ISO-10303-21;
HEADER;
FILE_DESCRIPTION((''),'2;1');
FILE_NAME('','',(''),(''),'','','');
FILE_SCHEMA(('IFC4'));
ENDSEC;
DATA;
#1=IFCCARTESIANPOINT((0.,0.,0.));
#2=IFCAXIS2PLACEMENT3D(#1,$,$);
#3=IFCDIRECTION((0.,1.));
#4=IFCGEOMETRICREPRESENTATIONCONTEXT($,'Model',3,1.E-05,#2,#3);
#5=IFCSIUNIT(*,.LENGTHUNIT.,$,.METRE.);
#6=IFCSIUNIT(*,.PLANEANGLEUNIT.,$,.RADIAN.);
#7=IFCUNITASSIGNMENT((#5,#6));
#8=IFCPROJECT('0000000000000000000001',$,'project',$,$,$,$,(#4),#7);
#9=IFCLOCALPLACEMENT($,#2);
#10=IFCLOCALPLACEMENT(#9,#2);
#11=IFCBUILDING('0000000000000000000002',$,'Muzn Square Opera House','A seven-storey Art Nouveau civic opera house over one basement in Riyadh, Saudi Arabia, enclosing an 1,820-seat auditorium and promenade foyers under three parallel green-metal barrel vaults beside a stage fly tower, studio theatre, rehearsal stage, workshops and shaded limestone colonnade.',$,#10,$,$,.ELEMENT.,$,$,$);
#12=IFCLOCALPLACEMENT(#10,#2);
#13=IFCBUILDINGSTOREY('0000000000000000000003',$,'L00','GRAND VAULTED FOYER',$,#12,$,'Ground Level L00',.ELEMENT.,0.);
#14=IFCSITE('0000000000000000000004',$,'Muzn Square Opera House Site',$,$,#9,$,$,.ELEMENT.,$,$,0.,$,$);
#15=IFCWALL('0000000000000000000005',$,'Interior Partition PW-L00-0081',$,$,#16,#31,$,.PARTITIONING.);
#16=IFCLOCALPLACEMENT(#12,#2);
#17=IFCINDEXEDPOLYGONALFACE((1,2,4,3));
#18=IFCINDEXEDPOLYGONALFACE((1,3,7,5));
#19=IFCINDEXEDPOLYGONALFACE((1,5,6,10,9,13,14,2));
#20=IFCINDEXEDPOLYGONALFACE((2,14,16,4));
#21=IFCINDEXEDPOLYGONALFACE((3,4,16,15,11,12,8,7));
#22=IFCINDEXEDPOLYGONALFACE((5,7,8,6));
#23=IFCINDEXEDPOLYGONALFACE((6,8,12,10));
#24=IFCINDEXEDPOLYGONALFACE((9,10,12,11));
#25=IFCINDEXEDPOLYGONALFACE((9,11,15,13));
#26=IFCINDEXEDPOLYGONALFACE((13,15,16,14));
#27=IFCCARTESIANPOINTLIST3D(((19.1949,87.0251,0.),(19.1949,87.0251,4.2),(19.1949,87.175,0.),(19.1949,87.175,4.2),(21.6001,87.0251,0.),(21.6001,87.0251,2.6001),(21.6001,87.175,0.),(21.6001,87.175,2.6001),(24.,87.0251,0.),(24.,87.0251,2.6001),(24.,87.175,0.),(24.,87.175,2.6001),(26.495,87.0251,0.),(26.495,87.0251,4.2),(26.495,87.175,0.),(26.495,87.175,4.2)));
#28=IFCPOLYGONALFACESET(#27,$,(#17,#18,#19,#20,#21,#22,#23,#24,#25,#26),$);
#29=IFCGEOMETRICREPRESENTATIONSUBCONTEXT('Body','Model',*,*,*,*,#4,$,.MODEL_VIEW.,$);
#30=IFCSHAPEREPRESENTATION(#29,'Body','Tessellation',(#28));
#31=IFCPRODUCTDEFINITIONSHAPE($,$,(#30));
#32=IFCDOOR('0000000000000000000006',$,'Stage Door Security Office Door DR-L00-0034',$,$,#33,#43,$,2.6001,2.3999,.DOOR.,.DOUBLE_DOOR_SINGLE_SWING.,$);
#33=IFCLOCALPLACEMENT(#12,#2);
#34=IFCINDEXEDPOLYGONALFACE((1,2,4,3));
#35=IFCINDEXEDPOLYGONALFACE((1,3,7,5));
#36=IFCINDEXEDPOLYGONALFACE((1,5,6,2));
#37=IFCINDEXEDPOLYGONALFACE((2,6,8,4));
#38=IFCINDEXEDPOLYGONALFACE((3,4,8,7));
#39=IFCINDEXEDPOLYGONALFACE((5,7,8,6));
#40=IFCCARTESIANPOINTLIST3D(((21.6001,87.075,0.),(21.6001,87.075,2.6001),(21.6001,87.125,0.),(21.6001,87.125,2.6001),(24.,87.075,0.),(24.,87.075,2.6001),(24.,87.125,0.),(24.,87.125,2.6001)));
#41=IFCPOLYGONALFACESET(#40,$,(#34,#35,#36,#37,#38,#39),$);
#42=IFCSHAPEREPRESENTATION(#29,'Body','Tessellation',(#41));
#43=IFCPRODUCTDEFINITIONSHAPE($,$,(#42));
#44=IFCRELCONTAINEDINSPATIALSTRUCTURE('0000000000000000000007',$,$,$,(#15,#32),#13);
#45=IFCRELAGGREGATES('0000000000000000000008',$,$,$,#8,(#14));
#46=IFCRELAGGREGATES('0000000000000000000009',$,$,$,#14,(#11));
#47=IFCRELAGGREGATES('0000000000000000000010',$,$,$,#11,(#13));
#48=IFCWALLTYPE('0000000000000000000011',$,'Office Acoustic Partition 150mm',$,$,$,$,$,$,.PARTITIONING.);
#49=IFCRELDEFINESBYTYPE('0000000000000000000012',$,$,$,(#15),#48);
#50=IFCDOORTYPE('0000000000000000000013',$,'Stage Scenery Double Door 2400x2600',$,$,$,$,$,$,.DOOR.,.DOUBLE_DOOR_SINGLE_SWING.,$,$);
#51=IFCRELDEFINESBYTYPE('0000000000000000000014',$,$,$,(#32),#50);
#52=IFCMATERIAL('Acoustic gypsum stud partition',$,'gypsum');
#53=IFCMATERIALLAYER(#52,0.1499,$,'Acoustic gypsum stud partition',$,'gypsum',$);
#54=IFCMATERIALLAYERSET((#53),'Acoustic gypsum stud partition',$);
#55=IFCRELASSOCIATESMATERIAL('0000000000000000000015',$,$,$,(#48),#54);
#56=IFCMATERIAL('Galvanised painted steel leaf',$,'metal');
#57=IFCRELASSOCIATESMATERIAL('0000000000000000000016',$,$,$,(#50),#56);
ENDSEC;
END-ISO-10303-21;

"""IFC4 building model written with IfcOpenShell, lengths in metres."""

from ifc_helpers import new_model, si_unit, direction, frame, frame_2d, origin, place, context, subcontext, project, spatial, rectangle, extrude, material, layer, layer_set, type_object, element, fill, save


model = new_model("IFC4")

# Units and contexts
model_context = context("Model", 3, precision=1e-05, world=origin(), true_north=direction((0.0, 1.0)))
body_context = subcontext(model_context, "Body", "Model", "MODEL_VIEW")
ifc_project = project(units=[si_unit("LENGTHUNIT", "METRE"), si_unit("PLANEANGLEUNIT", "RADIAN")], contexts=[model_context])

# Site, building, storey
site_placement = place(None, origin())
site = spatial("IfcSite", under=ifc_project, at=site_placement, Name="Muzn Square Opera House Site", CompositionType="ELEMENT", RefElevation=0.0)
building_placement = place(site_placement, origin())
building = spatial("IfcBuilding", under=site, at=building_placement, Name="Muzn Square Opera House", Description="A seven-storey Art Nouveau civic opera house over one basement in Riyadh, Saudi Arabia, enclosing an 1,820-seat auditorium and promenade foyers under three parallel green-metal barrel vaults beside a stage fly tower, studio theatre, rehearsal stage, workshops and shaded limestone colonnade.", CompositionType="ELEMENT")
storey_placement = place(building_placement, origin())
storey = spatial("IfcBuildingStorey", under=building, at=storey_placement, Name="L00", Description="GRAND VAULTED FOYER", LongName="Ground Level L00", CompositionType="ELEMENT", Elevation=0.0)

# Shared definitions
ifc_material_1 = material(Name="Galvanised painted steel leaf", Category="metal")

# Wall, opening, door
ifc_material_2 = material(Name="Acoustic gypsum stud partition", Category="gypsum")
ifc_layer_1 = layer(ifc_material_2, 0.1499, Name="Acoustic gypsum stud partition", Category="gypsum")
ifc_layer_set_1 = layer_set([ifc_layer_1], Name="Acoustic gypsum stud partition")
wall_type_1 = type_object("IfcWallType", Name="Office Acoustic Partition 150mm", PredefinedType="PARTITIONING", material=ifc_layer_set_1)
wall_1_placement = place(storey_placement, frame((19.1951, 87.1001, 0.0), z_axis=(0.0, 0.0, 1.0), x_axis=(1.0, 0.0, 0.0)))
wall_1 = element("IfcWall", 1, at=wall_1_placement, inside=storey, type_object=wall_type_1, Name="Interior Partition PW-L00-0081", PredefinedType="PARTITIONING", context=body_context, shape_type="SweptSolid", body=[
    extrude(rectangle(XDim=7.3, YDim=0.1499, at=frame_2d((3.6499, 0.0))), origin(), (0.0, 0.0, 1.0), 4.2),
])
opening_1_placement = place(wall_1_placement, frame((2.405, 0.0, 0.0)))
opening_1 = element("IfcOpeningElement", 2, at=opening_1_placement, cuts=wall_1, PredefinedType="OPENING", context=body_context, shape_type="SweptSolid", body=[
    extrude(rectangle(XDim=2.3999, YDim=2.6001, at=frame_2d((1.2, 1.3))), frame((0.0, 0.085, 0.0), z_axis=(0.0, -1.0, 0.0), x_axis=(1.0, 0.0, 0.0)), (0.0, 0.0, 1.0), 0.1699),
])
door_type_1 = type_object("IfcDoorType", Name="Stage Scenery Double Door 2400x2600", OperationType="DOUBLE_DOOR_SINGLE_SWING", PredefinedType="DOOR", material=ifc_material_1)
door_1_placement = place(opening_1_placement, origin())
door_1 = element("IfcDoor", 3, at=door_1_placement, inside=storey, type_object=door_type_1, Name="Stage Door Security Office Door DR-L00-0034", OperationType="DOUBLE_DOOR_SINGLE_SWING", OverallHeight=2.6001, OverallWidth=2.3999, PredefinedType="DOOR", context=body_context, shape_type="SweptSolid", body=[
    extrude(rectangle(XDim=2.3999, YDim=2.6001, at=frame_2d((1.2, 1.3))), frame((0.0, 0.0249, 0.0), z_axis=(0.0, -1.0, 0.0), x_axis=(1.0, 0.0, 0.0)), (0.0, 0.0, 1.0), 0.05),
])
fill(opening_1, door_1)

save(model, "model.ifc")
